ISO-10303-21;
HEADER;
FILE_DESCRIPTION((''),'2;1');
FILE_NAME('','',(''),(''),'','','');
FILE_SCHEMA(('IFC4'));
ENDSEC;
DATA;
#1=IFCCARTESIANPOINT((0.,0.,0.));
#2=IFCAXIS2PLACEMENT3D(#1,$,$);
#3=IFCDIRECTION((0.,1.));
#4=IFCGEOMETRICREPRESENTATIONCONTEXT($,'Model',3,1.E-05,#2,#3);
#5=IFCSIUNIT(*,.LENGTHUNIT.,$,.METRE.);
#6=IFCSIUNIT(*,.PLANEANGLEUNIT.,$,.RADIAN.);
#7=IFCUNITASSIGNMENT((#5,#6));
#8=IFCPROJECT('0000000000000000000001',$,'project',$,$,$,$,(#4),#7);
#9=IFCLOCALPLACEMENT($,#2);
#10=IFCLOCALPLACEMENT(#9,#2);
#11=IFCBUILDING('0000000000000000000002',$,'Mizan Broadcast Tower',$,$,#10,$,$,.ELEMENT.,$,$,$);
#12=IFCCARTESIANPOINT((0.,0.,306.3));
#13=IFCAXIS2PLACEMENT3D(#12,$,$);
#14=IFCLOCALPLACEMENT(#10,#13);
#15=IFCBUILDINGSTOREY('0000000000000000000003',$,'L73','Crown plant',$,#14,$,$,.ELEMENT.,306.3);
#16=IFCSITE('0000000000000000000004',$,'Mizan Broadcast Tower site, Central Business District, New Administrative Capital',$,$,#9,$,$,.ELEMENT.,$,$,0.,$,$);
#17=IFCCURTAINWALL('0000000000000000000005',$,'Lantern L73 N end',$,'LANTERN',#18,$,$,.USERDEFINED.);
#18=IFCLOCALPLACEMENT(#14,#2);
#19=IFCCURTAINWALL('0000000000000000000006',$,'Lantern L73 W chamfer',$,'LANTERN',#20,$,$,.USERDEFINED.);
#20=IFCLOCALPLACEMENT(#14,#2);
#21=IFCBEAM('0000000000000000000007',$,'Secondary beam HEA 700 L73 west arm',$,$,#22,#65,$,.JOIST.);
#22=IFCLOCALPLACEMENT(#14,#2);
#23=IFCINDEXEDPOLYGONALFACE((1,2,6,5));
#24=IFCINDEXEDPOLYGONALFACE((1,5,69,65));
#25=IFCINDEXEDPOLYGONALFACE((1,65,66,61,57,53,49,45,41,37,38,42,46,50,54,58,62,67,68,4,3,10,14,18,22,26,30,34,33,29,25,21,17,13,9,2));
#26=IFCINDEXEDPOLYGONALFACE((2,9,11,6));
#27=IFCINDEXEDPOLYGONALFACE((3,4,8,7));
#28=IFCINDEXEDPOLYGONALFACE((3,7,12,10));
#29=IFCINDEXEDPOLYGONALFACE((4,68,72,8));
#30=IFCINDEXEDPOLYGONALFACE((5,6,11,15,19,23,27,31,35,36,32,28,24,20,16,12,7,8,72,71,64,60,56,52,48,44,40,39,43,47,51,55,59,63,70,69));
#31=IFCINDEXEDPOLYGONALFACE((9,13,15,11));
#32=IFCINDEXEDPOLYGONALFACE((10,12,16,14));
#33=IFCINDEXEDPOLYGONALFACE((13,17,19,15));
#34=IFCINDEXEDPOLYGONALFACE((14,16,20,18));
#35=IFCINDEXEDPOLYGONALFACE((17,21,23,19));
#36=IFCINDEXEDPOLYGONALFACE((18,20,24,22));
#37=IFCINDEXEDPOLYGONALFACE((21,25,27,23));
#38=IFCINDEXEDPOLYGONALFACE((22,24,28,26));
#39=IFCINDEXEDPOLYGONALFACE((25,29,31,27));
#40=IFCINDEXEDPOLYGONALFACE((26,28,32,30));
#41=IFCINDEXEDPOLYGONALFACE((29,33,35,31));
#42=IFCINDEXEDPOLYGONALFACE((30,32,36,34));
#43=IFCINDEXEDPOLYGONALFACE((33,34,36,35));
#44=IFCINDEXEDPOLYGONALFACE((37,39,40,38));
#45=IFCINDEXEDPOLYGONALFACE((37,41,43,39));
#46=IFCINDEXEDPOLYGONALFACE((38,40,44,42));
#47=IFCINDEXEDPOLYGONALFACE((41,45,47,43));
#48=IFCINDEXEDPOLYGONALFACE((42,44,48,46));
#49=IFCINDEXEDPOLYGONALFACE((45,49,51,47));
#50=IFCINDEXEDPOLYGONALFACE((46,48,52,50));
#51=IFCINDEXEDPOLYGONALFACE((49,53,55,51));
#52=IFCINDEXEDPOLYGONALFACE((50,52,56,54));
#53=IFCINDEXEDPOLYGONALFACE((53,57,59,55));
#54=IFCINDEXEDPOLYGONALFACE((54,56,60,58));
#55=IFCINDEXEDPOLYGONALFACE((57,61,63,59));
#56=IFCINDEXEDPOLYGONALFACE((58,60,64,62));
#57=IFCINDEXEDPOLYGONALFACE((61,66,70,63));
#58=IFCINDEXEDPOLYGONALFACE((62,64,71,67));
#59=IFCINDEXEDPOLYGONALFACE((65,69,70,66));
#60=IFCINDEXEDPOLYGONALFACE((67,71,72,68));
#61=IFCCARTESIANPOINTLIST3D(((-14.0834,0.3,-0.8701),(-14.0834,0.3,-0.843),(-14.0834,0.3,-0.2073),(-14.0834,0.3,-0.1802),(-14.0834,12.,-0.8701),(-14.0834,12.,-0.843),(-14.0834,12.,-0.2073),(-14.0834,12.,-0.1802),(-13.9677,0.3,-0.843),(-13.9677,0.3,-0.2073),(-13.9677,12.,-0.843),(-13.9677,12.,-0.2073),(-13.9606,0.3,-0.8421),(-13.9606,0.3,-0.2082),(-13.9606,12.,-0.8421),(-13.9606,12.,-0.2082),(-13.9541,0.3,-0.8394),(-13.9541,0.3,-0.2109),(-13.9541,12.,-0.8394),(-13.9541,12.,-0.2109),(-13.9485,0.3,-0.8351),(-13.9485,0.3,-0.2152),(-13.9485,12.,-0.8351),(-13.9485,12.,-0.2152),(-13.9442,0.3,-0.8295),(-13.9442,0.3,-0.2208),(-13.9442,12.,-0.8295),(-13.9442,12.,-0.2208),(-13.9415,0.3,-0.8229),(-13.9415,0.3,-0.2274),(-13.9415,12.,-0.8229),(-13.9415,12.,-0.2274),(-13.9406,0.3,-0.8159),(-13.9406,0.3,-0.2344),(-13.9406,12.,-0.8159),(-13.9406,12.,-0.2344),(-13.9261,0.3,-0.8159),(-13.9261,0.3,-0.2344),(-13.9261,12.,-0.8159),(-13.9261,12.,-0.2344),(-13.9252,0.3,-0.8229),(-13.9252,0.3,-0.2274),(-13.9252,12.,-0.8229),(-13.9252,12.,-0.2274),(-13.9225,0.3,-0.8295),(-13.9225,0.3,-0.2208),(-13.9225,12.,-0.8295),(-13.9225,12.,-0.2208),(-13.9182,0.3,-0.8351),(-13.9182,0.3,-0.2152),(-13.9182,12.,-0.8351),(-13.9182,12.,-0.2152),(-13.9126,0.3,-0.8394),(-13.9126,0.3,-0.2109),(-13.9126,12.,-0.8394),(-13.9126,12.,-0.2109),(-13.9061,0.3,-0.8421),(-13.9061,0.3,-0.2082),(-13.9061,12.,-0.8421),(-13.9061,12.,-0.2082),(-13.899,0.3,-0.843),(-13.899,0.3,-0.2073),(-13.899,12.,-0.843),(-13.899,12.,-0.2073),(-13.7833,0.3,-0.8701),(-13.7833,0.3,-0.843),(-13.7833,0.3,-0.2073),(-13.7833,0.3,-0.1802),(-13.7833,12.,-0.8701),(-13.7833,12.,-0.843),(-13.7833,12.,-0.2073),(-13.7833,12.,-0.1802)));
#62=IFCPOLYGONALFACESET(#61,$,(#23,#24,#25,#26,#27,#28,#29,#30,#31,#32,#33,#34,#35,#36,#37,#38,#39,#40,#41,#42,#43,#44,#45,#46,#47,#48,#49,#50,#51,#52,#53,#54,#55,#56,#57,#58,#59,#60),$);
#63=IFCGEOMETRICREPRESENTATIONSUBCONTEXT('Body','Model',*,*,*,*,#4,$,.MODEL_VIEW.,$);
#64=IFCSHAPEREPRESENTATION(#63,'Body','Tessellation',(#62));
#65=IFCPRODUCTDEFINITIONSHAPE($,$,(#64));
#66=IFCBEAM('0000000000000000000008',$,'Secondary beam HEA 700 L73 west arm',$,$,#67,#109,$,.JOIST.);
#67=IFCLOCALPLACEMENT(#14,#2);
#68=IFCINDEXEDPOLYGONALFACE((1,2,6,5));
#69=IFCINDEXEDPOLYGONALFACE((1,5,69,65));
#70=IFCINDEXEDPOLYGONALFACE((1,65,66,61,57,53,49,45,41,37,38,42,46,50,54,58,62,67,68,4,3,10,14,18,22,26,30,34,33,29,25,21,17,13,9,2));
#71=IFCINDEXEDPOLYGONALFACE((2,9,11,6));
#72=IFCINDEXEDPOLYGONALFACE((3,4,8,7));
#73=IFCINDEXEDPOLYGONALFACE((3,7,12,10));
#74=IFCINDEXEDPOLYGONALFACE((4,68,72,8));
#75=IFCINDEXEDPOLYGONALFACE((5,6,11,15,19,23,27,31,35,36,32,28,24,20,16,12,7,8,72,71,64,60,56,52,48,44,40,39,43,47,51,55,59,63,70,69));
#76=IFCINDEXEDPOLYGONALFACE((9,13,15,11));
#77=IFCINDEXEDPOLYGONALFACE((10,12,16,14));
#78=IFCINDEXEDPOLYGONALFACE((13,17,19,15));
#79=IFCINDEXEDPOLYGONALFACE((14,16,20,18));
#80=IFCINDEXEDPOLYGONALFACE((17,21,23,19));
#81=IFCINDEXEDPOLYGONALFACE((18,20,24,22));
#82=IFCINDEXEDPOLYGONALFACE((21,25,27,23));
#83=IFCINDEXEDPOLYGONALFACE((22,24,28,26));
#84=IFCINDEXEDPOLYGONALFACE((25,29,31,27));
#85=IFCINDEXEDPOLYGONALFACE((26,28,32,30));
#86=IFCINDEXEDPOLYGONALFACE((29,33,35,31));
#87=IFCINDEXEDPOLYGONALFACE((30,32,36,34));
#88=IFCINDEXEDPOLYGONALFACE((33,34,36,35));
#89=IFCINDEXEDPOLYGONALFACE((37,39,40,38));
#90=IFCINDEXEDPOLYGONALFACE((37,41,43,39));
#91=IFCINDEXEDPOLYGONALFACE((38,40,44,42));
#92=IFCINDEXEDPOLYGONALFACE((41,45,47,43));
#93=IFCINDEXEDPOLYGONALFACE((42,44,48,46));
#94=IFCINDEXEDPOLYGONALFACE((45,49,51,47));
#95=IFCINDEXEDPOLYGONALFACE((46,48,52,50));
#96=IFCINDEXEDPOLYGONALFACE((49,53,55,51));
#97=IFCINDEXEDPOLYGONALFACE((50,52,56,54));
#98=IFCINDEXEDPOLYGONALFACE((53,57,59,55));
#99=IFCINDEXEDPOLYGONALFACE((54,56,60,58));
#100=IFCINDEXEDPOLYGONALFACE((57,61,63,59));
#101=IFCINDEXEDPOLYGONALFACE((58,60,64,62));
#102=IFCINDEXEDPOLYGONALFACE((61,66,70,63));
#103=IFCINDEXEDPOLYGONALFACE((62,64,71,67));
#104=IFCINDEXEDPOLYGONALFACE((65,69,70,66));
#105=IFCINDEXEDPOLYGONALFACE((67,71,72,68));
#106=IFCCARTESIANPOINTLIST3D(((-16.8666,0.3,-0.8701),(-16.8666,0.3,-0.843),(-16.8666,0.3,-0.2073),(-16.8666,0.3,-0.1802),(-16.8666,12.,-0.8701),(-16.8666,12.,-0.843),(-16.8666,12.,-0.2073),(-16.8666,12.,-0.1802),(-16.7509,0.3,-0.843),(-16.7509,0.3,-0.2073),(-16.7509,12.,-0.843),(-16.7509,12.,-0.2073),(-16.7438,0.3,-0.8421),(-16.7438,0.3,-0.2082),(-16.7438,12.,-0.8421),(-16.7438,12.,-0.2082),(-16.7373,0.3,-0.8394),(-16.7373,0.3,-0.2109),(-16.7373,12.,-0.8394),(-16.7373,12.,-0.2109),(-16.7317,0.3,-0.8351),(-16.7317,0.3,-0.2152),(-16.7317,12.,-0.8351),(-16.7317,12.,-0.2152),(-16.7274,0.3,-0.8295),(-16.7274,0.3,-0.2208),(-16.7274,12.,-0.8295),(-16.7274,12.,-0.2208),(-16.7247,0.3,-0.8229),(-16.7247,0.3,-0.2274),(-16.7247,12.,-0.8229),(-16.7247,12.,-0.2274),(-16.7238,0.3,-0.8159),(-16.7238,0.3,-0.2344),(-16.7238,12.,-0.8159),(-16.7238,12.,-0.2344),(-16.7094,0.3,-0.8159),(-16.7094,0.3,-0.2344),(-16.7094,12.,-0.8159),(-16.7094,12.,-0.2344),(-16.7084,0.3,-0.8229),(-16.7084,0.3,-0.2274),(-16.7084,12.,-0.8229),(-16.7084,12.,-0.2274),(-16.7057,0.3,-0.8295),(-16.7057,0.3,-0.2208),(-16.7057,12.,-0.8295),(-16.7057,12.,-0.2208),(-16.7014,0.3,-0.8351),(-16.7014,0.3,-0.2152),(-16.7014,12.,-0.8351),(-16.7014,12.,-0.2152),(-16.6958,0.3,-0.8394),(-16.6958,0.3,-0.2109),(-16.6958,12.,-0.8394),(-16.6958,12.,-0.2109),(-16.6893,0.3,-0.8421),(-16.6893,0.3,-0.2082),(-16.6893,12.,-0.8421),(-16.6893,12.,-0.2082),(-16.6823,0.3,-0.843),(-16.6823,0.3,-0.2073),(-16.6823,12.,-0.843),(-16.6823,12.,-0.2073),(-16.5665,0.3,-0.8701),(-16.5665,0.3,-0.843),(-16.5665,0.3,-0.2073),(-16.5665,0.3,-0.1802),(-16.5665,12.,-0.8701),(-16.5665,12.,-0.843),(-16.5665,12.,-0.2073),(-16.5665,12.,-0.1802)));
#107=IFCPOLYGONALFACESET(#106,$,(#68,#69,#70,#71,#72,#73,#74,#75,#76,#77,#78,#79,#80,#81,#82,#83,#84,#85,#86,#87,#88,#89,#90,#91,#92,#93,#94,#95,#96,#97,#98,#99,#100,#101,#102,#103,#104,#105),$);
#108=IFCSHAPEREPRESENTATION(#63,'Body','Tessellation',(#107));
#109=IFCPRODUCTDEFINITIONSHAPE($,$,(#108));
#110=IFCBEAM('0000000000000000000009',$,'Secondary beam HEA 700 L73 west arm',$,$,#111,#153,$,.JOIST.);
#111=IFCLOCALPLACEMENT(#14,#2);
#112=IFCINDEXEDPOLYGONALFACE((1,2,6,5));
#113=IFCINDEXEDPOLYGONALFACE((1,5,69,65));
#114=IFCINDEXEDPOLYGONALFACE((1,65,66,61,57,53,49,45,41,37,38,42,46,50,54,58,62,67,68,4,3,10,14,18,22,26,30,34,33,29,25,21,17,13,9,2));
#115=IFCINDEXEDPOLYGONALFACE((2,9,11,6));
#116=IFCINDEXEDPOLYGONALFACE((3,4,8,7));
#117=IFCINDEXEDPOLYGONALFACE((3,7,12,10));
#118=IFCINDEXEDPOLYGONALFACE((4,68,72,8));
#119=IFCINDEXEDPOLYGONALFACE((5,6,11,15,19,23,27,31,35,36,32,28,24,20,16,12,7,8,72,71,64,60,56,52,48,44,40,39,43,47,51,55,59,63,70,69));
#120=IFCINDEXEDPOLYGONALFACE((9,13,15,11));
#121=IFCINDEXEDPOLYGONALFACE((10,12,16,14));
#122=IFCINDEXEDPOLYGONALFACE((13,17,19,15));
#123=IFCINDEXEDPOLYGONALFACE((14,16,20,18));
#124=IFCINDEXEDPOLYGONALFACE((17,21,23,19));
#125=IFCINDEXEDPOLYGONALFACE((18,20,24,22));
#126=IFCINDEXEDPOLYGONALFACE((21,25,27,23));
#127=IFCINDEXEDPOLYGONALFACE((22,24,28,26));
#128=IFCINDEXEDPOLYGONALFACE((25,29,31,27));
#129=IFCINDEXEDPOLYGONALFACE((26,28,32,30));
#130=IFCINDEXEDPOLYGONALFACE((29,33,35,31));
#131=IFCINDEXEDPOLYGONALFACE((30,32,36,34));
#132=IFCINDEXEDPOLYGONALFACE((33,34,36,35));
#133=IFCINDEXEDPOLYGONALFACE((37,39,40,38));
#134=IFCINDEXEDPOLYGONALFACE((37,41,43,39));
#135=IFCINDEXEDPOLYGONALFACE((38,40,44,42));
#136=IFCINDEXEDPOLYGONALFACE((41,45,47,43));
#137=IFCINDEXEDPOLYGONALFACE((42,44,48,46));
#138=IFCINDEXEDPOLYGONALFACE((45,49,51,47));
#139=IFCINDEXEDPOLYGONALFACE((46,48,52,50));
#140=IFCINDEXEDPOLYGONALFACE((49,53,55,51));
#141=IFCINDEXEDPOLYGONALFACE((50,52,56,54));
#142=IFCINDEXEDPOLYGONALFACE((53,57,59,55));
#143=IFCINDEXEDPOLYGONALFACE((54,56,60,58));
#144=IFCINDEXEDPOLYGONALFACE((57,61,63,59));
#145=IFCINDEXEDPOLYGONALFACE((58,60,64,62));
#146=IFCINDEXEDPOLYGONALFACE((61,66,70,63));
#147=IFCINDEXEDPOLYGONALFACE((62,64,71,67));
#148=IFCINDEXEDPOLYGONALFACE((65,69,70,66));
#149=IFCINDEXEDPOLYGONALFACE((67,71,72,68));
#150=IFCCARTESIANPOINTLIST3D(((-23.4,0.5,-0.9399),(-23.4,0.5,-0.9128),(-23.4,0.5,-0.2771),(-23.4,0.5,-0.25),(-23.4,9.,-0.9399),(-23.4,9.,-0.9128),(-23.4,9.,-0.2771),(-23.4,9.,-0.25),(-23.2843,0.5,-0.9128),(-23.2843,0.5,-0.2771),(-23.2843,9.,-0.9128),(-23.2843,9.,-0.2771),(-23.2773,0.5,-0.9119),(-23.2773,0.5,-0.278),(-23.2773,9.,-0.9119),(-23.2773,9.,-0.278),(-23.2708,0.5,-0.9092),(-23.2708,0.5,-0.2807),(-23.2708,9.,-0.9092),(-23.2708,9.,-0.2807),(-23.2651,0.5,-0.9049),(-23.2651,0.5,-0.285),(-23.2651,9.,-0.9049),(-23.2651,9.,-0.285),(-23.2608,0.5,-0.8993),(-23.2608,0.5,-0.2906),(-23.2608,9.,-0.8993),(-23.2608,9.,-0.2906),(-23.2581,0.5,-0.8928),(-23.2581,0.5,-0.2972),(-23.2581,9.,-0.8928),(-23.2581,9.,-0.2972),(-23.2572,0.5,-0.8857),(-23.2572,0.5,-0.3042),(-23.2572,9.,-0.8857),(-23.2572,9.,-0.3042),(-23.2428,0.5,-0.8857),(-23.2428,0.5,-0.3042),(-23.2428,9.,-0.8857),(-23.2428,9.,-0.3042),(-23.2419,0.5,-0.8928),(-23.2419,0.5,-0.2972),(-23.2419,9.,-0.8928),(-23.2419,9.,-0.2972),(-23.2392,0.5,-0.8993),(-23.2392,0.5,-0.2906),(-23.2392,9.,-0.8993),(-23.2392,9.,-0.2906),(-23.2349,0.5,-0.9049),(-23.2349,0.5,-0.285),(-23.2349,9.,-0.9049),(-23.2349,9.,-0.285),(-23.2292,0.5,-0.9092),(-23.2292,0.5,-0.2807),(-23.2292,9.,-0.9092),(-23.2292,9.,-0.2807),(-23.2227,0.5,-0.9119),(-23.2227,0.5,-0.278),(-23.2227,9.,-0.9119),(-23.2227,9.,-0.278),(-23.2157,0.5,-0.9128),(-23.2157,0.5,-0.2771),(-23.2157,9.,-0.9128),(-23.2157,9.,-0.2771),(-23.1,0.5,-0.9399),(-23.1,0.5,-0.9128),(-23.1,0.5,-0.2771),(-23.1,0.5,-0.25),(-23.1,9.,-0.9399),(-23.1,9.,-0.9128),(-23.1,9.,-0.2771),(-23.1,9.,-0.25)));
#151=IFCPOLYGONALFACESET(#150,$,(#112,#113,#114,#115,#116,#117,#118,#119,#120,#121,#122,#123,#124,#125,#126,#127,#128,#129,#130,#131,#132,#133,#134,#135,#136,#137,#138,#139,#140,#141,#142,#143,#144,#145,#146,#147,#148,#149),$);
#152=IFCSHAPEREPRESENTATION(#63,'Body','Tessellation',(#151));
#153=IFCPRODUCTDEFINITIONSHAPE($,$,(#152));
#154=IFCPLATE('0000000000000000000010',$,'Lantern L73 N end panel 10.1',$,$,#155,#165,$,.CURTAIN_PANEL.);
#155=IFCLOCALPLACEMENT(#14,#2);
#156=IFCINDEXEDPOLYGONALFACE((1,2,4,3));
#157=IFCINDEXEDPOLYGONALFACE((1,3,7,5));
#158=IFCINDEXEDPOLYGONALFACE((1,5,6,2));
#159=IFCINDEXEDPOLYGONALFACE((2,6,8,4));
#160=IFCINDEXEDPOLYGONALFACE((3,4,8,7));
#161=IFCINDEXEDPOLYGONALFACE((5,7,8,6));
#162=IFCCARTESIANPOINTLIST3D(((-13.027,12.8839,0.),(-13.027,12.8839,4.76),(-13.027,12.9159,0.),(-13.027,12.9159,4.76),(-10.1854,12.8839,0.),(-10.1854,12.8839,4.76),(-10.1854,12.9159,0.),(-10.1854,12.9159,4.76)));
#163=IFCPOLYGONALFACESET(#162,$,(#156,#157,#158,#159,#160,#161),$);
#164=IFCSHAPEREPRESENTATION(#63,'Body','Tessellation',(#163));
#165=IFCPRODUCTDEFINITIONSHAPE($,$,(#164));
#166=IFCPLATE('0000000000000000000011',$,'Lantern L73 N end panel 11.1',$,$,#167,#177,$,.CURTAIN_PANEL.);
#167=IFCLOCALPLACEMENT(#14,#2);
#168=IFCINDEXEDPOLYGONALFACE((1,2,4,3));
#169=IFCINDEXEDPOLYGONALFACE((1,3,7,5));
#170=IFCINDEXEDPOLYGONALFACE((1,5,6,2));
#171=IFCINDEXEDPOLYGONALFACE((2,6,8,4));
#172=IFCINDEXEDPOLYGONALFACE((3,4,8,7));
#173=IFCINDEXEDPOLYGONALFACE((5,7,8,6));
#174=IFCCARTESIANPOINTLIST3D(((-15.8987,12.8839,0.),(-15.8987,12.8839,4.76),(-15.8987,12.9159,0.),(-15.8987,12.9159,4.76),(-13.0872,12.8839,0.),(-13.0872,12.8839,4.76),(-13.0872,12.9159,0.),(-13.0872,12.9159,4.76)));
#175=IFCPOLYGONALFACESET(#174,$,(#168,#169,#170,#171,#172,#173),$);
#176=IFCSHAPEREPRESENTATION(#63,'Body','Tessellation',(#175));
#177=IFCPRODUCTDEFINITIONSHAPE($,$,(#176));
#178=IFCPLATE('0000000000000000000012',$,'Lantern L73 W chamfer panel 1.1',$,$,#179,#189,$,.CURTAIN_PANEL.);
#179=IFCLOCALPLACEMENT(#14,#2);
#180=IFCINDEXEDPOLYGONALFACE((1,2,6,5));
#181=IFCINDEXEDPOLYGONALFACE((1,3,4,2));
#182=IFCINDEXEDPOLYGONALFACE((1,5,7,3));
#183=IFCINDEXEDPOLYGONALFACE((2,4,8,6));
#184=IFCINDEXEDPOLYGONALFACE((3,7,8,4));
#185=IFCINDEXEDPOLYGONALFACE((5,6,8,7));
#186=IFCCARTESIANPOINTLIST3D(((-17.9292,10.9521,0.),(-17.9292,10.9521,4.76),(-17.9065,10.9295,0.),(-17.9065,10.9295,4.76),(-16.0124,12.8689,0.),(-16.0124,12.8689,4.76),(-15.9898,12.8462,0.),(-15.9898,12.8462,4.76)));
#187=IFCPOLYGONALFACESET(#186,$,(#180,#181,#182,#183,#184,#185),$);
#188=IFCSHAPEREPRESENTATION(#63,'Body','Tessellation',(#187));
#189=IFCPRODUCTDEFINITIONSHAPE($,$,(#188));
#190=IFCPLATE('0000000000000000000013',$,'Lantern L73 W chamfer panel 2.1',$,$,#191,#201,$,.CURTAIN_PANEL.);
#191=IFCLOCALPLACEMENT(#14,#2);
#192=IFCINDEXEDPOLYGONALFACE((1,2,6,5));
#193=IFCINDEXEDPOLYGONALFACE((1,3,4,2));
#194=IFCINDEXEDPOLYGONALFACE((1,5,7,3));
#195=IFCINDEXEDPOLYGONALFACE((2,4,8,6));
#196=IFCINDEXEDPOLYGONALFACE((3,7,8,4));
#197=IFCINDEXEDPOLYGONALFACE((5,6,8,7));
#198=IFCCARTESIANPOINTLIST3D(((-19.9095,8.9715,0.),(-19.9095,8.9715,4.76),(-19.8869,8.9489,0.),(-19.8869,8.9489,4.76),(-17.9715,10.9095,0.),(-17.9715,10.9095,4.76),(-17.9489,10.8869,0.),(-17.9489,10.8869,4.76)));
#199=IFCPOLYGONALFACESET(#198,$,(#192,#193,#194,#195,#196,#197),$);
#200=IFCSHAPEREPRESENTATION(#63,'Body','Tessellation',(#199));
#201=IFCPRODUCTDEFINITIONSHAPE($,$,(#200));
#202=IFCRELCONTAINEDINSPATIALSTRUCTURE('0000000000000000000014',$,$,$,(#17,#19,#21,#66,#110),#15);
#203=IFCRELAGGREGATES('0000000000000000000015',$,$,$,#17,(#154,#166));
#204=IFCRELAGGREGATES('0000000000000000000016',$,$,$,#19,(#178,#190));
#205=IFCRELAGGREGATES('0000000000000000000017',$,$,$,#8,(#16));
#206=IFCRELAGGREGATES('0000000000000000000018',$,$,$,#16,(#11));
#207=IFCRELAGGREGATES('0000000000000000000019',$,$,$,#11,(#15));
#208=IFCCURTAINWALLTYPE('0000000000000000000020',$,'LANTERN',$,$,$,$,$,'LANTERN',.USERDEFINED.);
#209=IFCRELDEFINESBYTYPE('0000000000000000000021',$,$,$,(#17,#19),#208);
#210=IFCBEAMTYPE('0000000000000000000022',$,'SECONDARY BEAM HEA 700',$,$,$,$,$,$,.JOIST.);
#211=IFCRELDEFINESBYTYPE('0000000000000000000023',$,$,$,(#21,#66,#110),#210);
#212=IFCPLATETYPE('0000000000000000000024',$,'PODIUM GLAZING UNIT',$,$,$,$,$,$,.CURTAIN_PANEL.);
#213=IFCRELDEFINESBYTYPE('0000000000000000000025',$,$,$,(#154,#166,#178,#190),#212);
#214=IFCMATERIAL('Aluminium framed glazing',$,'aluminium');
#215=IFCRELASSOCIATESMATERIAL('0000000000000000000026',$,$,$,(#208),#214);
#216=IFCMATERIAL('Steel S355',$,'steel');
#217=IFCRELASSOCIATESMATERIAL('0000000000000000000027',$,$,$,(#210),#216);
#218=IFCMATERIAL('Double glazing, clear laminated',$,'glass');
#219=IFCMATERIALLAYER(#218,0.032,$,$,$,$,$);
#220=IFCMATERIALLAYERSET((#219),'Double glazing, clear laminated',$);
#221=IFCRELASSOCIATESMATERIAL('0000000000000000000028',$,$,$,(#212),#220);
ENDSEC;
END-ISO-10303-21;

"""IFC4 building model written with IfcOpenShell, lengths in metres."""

from ifc_helpers import new_model, si_unit, direction, frame, origin, origin_2d, place, context, subcontext, project, spatial, rectangle, i_section, extrude, material, layer, layer_set, material_profile, profile_set, type_object, element, aggregate, save


model = new_model("IFC4")

# Units and contexts
model_context = context("Model", 3, precision=1e-05, world=origin(), true_north=direction((0.0, 1.0)))
body_context = subcontext(model_context, "Body", "Model", "MODEL_VIEW")
ifc_project = project(units=[si_unit("LENGTHUNIT", "METRE"), si_unit("PLANEANGLEUNIT", "RADIAN")], contexts=[model_context])

# Site, building, storey
site_placement = place(None, origin())
site = spatial("IfcSite", under=ifc_project, at=site_placement, Name="Mizan Broadcast Tower site, Central Business District, New Administrative Capital", CompositionType="ELEMENT", RefElevation=0.0)
building_placement = place(site_placement, origin())
building = spatial("IfcBuilding", under=site, at=building_placement, Name="Mizan Broadcast Tower", CompositionType="ELEMENT")
storey_placement = place(building_placement, frame((0.0, 0.0, 306.3)))
storey = spatial("IfcBuildingStorey", under=building, at=storey_placement, Name="L73", Description="Crown plant", CompositionType="ELEMENT", Elevation=306.3)

# Curtain walls
ifc_material_1 = material(Name="Aluminium framed glazing", Category="aluminium")
curtain_wall_type = type_object("IfcCurtainWallType", Name="LANTERN", ElementType="LANTERN", PredefinedType="USERDEFINED", material=ifc_material_1)
curtain_wall_1_placement = place(storey_placement, origin())
curtain_wall_1 = element("IfcCurtainWall", 1, at=curtain_wall_1_placement, inside=storey, type_object=curtain_wall_type, Name="Lantern L73 N end", ObjectType="LANTERN", PredefinedType="USERDEFINED")
curtain_wall_2_placement = place(storey_placement, origin())
curtain_wall_2 = element("IfcCurtainWall", 2, at=curtain_wall_2_placement, inside=storey, type_object=curtain_wall_type, Name="Lantern L73 W chamfer", ObjectType="LANTERN", PredefinedType="USERDEFINED")

# Beams
ifc_material_2 = material(Name="Steel S355", Category="steel")
ifc_material_profile_1 = material_profile(ifc_material_2, i_section(OverallWidth=0.3, OverallDepth=0.6899, WebThickness=0.0144, FlangeThickness=0.0271, FilletRadius=0.0271, at=origin_2d()), Name="HEA 700")
ifc_profile_set_1 = profile_set([ifc_material_profile_1], Name="Steel S355")
beam_type_1 = type_object("IfcBeamType", Name="SECONDARY BEAM HEA 700", PredefinedType="JOIST", material=ifc_profile_set_1)
for number, where, z_axis, x_axis, name in (
    (3, (-13.9333, 12.0, -0.5251), (0.0, -1.0, 0.0), (1.0, 0.0, 0.0), "Secondary beam HEA 700 L73 west arm"),
    (4, (-16.7166, 12.0, -0.5251), (0.0, -1.0, 0.0), (1.0, 0.0, 0.0), "Secondary beam HEA 700 L73 west arm"),
):
    element("IfcBeam", number, at=place(storey_placement, frame(where, z_axis=z_axis, x_axis=x_axis)), inside=storey, type_object=beam_type_1, Name=name, PredefinedType="JOIST", context=body_context, shape_type="SweptSolid", body=[
        extrude(i_section(OverallWidth=0.3, OverallDepth=0.6899, WebThickness=0.0144, FlangeThickness=0.0271, FilletRadius=0.0271, at=origin_2d()), origin(), (0.0, 0.0, 1.0), 11.7),
    ])
beam_1_placement = place(storey_placement, frame((-23.25, 9.0, -0.595), z_axis=(0.0, -1.0, 0.0), x_axis=(1.0, 0.0, 0.0)))
element("IfcBeam", 5, at=beam_1_placement, inside=storey, type_object=beam_type_1, Name="Secondary beam HEA 700 L73 west arm", PredefinedType="JOIST", context=body_context, shape_type="SweptSolid", body=[
    extrude(i_section(OverallWidth=0.3, OverallDepth=0.6899, WebThickness=0.0144, FlangeThickness=0.0271, FilletRadius=0.0271, at=origin_2d()), origin(), (0.0, 0.0, 1.0), 8.5),
])

# Plates
ifc_material_3 = material(Name="Double glazing, clear laminated", Category="glass")
ifc_layer_1 = layer(ifc_material_3, 0.032)
ifc_layer_set_1 = layer_set([ifc_layer_1], Name="Double glazing, clear laminated")
plate_type = type_object("IfcPlateType", Name="PODIUM GLAZING UNIT", PredefinedType="CURTAIN_PANEL", material=ifc_layer_set_1)
plate_1_placement = place(storey_placement, frame((-11.6062, 12.8999, 0.0), z_axis=(0.0, 0.0, 1.0), x_axis=(-1.0, 0.0, 0.0)))
plate_1 = element("IfcPlate", 6, at=plate_1_placement, type_object=plate_type, Name="Lantern L73 N end panel 10.1", PredefinedType="CURTAIN_PANEL", context=body_context, shape_type="SweptSolid", body=[
    extrude(rectangle(XDim=2.8416, YDim=0.032, at=origin_2d()), origin(), (0.0, 0.0, 1.0), 4.76),
])
plate_2_placement = place(storey_placement, frame((-14.4929, 12.8999, 0.0), z_axis=(0.0, 0.0, 1.0), x_axis=(-1.0, 0.0, 0.0)))
plate_2 = element("IfcPlate", 7, at=plate_2_placement, type_object=plate_type, Name="Lantern L73 N end panel 11.1", PredefinedType="CURTAIN_PANEL", context=body_context, shape_type="SweptSolid", body=[
    extrude(rectangle(XDim=2.8115, YDim=0.032, at=origin_2d()), origin(), (0.0, 0.0, 1.0), 4.76),
])
aggregate(curtain_wall_1, [plate_1, plate_2])
plate_3_placement = place(storey_placement, frame((-16.9595, 11.8992, 0.0), z_axis=(0.0, 0.0, 1.0), x_axis=(-0.707107, -0.707107, 0.0)))
plate_3 = element("IfcPlate", 8, at=plate_3_placement, type_object=plate_type, Name="Lantern L73 W chamfer panel 1.1", PredefinedType="CURTAIN_PANEL", context=body_context, shape_type="SweptSolid", body=[
    extrude(rectangle(XDim=2.7107, YDim=0.032, at=origin_2d()), origin(), (0.0, 0.0, 1.0), 4.76),
])
plate_4_placement = place(storey_placement, frame((-18.9292, 9.9292, 0.0), z_axis=(0.0, 0.0, 1.0), x_axis=(-0.707107, -0.707107, 0.0)))
plate_4 = element("IfcPlate", 9, at=plate_4_placement, type_object=plate_type, Name="Lantern L73 W chamfer panel 2.1", PredefinedType="CURTAIN_PANEL", context=body_context, shape_type="SweptSolid", body=[
    extrude(rectangle(XDim=2.7407, YDim=0.032, at=origin_2d()), origin(), (0.0, 0.0, 1.0), 4.76),
])
aggregate(curtain_wall_2, [plate_3, plate_4])

save(model, "model.ifc")
